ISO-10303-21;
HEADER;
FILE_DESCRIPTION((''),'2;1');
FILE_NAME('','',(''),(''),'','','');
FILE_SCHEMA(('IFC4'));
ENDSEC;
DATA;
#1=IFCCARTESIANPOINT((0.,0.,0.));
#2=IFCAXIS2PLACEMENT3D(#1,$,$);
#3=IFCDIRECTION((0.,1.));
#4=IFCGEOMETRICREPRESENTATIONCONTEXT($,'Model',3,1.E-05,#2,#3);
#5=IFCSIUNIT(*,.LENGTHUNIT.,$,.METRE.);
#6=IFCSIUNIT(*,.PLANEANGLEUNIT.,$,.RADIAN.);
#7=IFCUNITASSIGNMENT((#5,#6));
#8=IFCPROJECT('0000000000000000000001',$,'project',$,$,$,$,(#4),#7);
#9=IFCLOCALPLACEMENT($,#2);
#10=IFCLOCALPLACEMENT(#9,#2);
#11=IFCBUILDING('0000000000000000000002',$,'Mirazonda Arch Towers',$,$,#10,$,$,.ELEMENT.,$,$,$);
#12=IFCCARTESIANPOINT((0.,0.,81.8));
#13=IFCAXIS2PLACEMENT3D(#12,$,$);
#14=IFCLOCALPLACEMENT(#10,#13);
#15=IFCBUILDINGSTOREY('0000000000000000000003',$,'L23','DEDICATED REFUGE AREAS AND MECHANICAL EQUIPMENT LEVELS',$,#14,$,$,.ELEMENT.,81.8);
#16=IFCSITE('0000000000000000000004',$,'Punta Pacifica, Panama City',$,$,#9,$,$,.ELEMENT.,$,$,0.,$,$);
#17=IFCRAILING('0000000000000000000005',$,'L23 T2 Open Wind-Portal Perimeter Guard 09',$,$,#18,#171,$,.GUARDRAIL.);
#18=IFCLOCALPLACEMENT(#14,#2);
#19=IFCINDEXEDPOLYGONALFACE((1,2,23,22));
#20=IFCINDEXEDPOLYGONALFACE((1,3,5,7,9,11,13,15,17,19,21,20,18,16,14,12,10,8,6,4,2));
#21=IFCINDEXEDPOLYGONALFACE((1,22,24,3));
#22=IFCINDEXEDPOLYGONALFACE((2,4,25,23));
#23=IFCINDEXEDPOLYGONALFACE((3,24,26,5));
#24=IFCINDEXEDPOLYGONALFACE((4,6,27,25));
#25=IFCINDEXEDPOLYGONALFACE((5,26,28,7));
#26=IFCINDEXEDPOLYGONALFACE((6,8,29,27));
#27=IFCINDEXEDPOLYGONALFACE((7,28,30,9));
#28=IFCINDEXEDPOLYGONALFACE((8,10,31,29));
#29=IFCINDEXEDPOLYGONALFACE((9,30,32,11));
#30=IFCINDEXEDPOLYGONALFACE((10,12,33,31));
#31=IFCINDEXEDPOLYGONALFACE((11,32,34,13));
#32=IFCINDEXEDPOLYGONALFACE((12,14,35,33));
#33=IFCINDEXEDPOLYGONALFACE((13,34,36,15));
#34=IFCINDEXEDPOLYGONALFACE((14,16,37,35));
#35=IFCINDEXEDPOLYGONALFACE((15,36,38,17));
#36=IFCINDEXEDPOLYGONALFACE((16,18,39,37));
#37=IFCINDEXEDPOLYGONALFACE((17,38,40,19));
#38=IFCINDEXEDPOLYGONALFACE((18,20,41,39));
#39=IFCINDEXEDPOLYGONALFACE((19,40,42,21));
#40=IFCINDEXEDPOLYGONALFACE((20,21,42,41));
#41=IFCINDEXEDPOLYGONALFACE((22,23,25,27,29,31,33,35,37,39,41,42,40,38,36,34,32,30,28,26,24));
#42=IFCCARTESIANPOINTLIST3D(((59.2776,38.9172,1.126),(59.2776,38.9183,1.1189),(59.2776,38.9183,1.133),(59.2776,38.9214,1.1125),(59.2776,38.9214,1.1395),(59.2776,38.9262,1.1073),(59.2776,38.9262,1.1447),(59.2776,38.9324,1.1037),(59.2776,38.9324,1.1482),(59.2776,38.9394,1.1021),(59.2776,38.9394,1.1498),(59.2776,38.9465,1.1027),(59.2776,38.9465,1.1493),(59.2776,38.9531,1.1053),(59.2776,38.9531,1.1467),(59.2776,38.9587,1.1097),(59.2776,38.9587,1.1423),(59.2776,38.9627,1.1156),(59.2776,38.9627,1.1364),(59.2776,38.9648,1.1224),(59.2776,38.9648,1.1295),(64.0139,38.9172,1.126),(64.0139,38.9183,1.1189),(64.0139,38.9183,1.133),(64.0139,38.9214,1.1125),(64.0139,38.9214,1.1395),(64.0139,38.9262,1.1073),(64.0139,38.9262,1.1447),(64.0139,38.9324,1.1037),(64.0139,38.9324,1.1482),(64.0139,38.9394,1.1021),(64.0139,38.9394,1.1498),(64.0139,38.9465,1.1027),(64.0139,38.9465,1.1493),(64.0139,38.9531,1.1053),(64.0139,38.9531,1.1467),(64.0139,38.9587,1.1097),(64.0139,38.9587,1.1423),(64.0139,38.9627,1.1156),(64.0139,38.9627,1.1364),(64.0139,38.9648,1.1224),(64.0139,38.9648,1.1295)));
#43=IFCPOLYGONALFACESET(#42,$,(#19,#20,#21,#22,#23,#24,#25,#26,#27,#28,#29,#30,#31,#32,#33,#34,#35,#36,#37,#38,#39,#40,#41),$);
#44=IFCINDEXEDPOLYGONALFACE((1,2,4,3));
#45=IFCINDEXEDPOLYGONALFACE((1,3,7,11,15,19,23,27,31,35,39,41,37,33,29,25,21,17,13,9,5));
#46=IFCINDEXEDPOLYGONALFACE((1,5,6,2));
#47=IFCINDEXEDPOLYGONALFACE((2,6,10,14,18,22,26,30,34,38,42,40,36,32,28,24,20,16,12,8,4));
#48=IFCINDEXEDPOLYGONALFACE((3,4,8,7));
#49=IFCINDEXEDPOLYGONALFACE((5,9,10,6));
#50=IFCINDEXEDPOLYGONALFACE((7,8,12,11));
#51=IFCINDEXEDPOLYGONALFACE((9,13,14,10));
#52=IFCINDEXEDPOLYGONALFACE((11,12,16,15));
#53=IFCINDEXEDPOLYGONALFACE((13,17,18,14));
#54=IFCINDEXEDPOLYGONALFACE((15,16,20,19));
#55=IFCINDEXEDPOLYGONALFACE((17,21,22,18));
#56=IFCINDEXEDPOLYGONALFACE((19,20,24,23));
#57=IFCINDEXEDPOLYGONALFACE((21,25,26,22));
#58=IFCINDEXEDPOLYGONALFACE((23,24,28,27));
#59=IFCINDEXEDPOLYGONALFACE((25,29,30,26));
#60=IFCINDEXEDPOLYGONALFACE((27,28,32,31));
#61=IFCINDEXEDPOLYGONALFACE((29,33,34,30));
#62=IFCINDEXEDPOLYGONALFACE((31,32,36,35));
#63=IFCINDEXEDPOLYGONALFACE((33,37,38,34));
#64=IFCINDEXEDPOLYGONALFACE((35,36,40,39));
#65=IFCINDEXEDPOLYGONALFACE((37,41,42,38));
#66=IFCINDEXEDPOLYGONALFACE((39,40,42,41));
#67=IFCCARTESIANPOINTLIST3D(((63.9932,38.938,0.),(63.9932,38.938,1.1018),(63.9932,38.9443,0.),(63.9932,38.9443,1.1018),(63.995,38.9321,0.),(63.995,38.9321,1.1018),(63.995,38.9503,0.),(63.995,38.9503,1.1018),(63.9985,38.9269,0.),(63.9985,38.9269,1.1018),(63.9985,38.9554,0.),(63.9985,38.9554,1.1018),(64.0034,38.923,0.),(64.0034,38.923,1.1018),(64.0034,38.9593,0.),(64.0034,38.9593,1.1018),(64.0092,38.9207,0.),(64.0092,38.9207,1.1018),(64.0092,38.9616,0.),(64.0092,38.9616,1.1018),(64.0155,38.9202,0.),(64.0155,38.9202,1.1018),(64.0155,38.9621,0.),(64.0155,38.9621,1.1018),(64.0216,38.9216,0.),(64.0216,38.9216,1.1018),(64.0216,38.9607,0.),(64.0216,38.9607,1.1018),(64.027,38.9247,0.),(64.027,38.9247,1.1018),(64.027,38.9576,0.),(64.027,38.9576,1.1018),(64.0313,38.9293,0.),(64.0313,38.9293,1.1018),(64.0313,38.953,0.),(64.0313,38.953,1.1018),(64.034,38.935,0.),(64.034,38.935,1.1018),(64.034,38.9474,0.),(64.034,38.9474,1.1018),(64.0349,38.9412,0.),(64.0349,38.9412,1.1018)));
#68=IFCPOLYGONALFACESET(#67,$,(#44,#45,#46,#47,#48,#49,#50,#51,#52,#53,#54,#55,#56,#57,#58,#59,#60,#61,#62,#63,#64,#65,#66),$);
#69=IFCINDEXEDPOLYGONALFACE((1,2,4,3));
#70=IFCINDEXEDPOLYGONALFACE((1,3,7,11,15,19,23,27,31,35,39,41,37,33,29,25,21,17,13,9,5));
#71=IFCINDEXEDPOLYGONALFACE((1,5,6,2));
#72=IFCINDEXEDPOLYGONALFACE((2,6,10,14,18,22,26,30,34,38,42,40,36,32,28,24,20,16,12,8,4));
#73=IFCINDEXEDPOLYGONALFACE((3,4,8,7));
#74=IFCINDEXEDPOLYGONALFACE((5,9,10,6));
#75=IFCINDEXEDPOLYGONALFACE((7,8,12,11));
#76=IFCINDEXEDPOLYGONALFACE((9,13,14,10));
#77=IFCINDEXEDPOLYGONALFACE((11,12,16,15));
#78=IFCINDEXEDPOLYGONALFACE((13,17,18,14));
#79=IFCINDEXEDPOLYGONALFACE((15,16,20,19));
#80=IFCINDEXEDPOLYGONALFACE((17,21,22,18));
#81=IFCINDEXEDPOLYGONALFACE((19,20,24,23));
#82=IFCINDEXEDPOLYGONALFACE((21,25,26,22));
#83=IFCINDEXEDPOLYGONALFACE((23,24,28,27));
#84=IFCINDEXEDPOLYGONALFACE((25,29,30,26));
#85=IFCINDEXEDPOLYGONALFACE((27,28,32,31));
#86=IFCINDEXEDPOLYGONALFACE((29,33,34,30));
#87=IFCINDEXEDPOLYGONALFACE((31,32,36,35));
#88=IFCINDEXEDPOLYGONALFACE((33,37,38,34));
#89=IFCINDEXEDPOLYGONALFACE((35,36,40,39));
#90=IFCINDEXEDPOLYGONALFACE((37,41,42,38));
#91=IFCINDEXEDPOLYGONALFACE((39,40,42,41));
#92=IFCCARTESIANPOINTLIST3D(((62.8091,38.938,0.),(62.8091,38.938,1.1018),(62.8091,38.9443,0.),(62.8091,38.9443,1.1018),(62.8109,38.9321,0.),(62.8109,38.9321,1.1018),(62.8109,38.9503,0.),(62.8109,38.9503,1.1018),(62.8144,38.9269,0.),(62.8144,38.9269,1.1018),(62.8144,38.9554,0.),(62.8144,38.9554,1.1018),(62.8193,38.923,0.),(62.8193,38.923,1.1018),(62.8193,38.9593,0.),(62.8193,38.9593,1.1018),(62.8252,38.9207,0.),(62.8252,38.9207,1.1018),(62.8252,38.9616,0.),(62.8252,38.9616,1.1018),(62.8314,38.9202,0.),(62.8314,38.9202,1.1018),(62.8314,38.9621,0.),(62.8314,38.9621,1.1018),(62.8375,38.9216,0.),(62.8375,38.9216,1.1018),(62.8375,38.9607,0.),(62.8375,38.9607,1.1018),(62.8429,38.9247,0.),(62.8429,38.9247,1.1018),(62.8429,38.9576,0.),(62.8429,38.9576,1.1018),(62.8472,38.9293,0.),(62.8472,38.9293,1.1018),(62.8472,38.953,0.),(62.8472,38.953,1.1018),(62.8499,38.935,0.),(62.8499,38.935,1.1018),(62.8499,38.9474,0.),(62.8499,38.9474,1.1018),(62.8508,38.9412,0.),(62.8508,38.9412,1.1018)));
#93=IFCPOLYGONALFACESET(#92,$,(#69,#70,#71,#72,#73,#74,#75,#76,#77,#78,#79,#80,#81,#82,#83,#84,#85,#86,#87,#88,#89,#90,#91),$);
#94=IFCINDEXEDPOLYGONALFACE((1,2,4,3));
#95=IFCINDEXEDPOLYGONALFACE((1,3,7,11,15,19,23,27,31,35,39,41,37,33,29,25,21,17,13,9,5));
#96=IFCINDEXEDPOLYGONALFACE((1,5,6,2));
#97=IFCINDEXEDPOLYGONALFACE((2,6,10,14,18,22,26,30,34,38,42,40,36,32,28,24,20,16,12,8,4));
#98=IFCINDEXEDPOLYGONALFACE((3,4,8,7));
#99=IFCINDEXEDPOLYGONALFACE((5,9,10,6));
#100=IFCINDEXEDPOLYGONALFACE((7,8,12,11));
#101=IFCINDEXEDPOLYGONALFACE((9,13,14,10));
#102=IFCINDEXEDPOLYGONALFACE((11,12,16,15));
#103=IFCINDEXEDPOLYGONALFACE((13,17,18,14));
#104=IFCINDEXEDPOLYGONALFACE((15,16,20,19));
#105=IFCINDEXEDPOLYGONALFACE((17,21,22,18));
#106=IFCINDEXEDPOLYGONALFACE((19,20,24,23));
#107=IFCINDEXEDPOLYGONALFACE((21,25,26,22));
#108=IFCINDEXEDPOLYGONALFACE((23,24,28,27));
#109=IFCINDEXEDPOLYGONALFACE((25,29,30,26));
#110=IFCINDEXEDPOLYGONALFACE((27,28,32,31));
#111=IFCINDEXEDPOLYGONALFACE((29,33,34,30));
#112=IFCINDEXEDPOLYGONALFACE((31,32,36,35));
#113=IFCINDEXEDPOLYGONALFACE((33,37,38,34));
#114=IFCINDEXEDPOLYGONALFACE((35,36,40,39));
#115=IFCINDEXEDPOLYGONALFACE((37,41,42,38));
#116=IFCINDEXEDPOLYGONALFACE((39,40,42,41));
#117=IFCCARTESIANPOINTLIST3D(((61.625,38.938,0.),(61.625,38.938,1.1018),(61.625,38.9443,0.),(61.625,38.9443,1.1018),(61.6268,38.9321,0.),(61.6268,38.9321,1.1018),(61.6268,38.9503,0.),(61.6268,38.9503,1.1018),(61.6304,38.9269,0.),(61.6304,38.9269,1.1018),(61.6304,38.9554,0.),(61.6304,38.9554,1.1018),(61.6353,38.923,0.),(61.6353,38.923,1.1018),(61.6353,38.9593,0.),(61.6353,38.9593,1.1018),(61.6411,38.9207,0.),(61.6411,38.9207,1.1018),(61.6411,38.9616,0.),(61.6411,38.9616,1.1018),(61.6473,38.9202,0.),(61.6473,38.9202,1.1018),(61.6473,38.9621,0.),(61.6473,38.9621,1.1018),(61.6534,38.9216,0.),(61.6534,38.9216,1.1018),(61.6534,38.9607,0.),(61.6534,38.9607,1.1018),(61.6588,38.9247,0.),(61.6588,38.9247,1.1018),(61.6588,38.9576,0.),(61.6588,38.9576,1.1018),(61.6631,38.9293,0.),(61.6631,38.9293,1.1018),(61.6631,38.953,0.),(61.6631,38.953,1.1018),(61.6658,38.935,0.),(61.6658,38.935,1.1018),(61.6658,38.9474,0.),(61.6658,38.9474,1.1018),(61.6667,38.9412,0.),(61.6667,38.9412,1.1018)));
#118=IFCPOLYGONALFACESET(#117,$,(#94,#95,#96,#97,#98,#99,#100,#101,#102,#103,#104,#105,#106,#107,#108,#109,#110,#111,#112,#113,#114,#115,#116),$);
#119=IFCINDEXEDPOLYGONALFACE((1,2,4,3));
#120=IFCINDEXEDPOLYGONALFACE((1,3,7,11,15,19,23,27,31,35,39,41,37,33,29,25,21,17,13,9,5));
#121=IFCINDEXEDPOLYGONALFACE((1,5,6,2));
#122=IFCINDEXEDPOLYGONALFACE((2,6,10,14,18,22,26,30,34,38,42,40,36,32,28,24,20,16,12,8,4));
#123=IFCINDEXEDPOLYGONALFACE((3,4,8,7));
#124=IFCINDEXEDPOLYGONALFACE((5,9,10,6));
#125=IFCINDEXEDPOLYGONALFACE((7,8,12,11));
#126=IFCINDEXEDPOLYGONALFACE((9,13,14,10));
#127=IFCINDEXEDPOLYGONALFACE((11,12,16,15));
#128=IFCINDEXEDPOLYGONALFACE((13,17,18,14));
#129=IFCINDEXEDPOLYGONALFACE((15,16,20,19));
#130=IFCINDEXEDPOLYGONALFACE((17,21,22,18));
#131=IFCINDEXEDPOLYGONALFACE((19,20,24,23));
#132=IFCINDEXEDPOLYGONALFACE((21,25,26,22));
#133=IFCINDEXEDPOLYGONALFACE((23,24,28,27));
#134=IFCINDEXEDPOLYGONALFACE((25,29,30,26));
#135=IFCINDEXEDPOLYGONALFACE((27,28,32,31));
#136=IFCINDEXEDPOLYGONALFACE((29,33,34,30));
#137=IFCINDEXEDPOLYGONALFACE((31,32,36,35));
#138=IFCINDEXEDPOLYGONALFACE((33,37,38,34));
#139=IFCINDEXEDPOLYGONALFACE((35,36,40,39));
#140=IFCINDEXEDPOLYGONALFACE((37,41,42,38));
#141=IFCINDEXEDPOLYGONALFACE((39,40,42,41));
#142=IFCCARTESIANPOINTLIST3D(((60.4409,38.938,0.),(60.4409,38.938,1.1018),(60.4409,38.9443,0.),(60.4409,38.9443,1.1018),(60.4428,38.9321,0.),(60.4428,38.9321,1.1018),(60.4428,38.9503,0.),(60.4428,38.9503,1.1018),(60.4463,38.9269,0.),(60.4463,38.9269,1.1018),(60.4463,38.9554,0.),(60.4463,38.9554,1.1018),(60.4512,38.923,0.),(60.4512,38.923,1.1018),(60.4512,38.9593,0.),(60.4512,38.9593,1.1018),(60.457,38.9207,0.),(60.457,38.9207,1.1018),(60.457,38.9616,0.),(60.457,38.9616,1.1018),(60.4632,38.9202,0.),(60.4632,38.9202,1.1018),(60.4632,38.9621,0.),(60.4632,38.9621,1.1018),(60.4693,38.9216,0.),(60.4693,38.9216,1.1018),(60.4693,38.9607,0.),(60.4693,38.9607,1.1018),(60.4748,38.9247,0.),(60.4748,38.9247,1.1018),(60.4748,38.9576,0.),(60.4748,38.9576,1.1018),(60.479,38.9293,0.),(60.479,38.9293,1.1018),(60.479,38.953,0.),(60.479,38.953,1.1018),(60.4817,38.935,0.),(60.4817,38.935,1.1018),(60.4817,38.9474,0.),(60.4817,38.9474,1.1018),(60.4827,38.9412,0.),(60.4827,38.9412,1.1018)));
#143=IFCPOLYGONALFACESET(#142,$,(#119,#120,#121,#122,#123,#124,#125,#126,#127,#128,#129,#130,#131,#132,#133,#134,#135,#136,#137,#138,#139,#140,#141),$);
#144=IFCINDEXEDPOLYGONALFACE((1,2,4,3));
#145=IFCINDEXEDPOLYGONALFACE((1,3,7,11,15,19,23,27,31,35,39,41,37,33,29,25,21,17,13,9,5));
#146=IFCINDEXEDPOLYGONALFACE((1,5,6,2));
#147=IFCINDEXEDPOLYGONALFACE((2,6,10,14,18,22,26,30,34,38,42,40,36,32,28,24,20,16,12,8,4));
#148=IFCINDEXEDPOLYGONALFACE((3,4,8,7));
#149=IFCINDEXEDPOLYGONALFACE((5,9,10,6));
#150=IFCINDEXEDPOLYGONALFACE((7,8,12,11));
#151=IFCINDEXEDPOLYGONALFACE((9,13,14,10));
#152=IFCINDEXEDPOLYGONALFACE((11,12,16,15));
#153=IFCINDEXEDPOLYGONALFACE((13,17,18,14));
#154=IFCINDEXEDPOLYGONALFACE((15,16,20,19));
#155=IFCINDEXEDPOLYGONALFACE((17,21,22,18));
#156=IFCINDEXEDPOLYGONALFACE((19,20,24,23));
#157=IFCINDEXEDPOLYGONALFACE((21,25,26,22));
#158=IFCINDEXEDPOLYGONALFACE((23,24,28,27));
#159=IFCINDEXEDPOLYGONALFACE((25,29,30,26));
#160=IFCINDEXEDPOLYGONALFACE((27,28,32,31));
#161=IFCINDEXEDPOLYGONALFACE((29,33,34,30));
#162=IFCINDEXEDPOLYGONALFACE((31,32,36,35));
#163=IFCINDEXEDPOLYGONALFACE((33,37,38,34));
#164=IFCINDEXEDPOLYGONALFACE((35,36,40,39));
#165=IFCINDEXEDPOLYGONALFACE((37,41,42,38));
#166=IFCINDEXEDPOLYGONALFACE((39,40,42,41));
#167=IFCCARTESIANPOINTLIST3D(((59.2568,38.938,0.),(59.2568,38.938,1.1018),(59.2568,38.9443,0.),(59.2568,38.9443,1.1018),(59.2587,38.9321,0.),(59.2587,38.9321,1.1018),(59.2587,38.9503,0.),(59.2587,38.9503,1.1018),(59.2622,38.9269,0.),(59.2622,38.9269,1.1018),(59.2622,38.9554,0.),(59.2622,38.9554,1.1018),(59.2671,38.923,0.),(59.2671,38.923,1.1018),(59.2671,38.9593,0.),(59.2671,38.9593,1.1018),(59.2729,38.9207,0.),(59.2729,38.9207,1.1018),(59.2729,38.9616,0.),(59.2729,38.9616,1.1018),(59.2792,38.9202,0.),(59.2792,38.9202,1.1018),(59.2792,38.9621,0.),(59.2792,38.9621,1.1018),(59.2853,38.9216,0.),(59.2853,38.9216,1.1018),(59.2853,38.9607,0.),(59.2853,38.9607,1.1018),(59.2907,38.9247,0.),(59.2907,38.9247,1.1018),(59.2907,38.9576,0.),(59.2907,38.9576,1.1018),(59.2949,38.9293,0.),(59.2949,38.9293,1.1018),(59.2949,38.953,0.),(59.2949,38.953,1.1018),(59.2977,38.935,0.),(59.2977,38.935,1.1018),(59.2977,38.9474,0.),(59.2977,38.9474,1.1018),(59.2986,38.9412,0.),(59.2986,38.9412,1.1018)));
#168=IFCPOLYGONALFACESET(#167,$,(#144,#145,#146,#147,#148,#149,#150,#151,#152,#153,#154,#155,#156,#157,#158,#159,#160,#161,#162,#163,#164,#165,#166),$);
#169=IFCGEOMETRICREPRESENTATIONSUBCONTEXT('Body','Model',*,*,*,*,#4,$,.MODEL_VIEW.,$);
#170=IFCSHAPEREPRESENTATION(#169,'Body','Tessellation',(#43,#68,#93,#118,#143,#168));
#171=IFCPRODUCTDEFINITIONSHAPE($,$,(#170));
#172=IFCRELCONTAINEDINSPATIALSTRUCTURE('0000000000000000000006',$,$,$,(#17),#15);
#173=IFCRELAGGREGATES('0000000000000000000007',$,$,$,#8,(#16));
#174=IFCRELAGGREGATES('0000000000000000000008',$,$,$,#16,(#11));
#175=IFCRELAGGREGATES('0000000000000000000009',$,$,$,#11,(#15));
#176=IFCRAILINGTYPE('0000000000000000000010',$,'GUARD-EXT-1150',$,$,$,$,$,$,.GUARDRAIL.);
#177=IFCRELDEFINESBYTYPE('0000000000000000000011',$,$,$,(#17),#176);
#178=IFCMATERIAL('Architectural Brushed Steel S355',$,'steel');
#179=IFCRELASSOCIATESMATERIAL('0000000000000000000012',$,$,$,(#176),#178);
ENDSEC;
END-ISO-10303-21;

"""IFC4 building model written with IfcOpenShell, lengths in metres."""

from ifc_helpers import new_model, si_unit, direction, frame, origin, origin_2d, place, context, subcontext, project, spatial, circle, extrude, material, type_object, element, save


model = new_model("IFC4")

# Units and contexts
model_context = context("Model", 3, precision=1e-05, world=origin(), true_north=direction((0.0, 1.0)))
body_context = subcontext(model_context, "Body", "Model", "MODEL_VIEW")
ifc_project = project(units=[si_unit("LENGTHUNIT", "METRE"), si_unit("PLANEANGLEUNIT", "RADIAN")], contexts=[model_context])

# Site, building, storey
site_placement = place(None, origin())
site = spatial("IfcSite", under=ifc_project, at=site_placement, Name="Punta Pacifica, Panama City", CompositionType="ELEMENT", RefElevation=0.0)
building_placement = place(site_placement, origin())
building = spatial("IfcBuilding", under=site, at=building_placement, Name="Mirazonda Arch Towers", CompositionType="ELEMENT")
storey_placement = place(building_placement, frame((0.0, 0.0, 81.8)))
storey = spatial("IfcBuildingStorey", under=building, at=storey_placement, Name="L23", Description="DEDICATED REFUGE AREAS AND MECHANICAL EQUIPMENT LEVELS", CompositionType="ELEMENT", Elevation=81.8)

# Railing
ifc_material_1 = material(Name="Architectural Brushed Steel S355", Category="steel")
railing_type_1 = type_object("IfcRailingType", Name="GUARD-EXT-1150", PredefinedType="GUARDRAIL", material=ifc_material_1)
railing_1_placement = place(storey_placement, frame((64.0139, 38.9412, 0.0)))
element("IfcRailing", 1, at=railing_1_placement, inside=storey, type_object=railing_type_1, Name="L23 T2 Open Wind-Portal Perimeter Guard 09", PredefinedType="GUARDRAIL", context=body_context, shape_type="SweptSolid", body=[
    extrude(circle(Radius=0.0239, at=origin_2d()), frame((0.0, 0.0, 1.126), z_axis=(-1.0, 0.0, 0.0), x_axis=(0.0, -1.0, 0.0)), (0.0, 0.0, 1.0), 4.7363),
    extrude(circle(Radius=0.021, at=origin_2d()), origin(), (0.0, 0.0, 1.0), 1.1018),
    extrude(circle(Radius=0.021, at=origin_2d()), frame((-1.1841, 0.0, 0.0)), (0.0, 0.0, 1.0), 1.1018),
    extrude(circle(Radius=0.021, at=origin_2d()), frame((-2.3682, 0.0, 0.0)), (0.0, 0.0, 1.0), 1.1018),
    extrude(circle(Radius=0.021, at=origin_2d()), frame((-3.5522, 0.0, 0.0)), (0.0, 0.0, 1.0), 1.1018),
    extrude(circle(Radius=0.021, at=origin_2d()), frame((-4.7363, 0.0, 0.0)), (0.0, 0.0, 1.0), 1.1018),
])

save(model, "model.ifc")
